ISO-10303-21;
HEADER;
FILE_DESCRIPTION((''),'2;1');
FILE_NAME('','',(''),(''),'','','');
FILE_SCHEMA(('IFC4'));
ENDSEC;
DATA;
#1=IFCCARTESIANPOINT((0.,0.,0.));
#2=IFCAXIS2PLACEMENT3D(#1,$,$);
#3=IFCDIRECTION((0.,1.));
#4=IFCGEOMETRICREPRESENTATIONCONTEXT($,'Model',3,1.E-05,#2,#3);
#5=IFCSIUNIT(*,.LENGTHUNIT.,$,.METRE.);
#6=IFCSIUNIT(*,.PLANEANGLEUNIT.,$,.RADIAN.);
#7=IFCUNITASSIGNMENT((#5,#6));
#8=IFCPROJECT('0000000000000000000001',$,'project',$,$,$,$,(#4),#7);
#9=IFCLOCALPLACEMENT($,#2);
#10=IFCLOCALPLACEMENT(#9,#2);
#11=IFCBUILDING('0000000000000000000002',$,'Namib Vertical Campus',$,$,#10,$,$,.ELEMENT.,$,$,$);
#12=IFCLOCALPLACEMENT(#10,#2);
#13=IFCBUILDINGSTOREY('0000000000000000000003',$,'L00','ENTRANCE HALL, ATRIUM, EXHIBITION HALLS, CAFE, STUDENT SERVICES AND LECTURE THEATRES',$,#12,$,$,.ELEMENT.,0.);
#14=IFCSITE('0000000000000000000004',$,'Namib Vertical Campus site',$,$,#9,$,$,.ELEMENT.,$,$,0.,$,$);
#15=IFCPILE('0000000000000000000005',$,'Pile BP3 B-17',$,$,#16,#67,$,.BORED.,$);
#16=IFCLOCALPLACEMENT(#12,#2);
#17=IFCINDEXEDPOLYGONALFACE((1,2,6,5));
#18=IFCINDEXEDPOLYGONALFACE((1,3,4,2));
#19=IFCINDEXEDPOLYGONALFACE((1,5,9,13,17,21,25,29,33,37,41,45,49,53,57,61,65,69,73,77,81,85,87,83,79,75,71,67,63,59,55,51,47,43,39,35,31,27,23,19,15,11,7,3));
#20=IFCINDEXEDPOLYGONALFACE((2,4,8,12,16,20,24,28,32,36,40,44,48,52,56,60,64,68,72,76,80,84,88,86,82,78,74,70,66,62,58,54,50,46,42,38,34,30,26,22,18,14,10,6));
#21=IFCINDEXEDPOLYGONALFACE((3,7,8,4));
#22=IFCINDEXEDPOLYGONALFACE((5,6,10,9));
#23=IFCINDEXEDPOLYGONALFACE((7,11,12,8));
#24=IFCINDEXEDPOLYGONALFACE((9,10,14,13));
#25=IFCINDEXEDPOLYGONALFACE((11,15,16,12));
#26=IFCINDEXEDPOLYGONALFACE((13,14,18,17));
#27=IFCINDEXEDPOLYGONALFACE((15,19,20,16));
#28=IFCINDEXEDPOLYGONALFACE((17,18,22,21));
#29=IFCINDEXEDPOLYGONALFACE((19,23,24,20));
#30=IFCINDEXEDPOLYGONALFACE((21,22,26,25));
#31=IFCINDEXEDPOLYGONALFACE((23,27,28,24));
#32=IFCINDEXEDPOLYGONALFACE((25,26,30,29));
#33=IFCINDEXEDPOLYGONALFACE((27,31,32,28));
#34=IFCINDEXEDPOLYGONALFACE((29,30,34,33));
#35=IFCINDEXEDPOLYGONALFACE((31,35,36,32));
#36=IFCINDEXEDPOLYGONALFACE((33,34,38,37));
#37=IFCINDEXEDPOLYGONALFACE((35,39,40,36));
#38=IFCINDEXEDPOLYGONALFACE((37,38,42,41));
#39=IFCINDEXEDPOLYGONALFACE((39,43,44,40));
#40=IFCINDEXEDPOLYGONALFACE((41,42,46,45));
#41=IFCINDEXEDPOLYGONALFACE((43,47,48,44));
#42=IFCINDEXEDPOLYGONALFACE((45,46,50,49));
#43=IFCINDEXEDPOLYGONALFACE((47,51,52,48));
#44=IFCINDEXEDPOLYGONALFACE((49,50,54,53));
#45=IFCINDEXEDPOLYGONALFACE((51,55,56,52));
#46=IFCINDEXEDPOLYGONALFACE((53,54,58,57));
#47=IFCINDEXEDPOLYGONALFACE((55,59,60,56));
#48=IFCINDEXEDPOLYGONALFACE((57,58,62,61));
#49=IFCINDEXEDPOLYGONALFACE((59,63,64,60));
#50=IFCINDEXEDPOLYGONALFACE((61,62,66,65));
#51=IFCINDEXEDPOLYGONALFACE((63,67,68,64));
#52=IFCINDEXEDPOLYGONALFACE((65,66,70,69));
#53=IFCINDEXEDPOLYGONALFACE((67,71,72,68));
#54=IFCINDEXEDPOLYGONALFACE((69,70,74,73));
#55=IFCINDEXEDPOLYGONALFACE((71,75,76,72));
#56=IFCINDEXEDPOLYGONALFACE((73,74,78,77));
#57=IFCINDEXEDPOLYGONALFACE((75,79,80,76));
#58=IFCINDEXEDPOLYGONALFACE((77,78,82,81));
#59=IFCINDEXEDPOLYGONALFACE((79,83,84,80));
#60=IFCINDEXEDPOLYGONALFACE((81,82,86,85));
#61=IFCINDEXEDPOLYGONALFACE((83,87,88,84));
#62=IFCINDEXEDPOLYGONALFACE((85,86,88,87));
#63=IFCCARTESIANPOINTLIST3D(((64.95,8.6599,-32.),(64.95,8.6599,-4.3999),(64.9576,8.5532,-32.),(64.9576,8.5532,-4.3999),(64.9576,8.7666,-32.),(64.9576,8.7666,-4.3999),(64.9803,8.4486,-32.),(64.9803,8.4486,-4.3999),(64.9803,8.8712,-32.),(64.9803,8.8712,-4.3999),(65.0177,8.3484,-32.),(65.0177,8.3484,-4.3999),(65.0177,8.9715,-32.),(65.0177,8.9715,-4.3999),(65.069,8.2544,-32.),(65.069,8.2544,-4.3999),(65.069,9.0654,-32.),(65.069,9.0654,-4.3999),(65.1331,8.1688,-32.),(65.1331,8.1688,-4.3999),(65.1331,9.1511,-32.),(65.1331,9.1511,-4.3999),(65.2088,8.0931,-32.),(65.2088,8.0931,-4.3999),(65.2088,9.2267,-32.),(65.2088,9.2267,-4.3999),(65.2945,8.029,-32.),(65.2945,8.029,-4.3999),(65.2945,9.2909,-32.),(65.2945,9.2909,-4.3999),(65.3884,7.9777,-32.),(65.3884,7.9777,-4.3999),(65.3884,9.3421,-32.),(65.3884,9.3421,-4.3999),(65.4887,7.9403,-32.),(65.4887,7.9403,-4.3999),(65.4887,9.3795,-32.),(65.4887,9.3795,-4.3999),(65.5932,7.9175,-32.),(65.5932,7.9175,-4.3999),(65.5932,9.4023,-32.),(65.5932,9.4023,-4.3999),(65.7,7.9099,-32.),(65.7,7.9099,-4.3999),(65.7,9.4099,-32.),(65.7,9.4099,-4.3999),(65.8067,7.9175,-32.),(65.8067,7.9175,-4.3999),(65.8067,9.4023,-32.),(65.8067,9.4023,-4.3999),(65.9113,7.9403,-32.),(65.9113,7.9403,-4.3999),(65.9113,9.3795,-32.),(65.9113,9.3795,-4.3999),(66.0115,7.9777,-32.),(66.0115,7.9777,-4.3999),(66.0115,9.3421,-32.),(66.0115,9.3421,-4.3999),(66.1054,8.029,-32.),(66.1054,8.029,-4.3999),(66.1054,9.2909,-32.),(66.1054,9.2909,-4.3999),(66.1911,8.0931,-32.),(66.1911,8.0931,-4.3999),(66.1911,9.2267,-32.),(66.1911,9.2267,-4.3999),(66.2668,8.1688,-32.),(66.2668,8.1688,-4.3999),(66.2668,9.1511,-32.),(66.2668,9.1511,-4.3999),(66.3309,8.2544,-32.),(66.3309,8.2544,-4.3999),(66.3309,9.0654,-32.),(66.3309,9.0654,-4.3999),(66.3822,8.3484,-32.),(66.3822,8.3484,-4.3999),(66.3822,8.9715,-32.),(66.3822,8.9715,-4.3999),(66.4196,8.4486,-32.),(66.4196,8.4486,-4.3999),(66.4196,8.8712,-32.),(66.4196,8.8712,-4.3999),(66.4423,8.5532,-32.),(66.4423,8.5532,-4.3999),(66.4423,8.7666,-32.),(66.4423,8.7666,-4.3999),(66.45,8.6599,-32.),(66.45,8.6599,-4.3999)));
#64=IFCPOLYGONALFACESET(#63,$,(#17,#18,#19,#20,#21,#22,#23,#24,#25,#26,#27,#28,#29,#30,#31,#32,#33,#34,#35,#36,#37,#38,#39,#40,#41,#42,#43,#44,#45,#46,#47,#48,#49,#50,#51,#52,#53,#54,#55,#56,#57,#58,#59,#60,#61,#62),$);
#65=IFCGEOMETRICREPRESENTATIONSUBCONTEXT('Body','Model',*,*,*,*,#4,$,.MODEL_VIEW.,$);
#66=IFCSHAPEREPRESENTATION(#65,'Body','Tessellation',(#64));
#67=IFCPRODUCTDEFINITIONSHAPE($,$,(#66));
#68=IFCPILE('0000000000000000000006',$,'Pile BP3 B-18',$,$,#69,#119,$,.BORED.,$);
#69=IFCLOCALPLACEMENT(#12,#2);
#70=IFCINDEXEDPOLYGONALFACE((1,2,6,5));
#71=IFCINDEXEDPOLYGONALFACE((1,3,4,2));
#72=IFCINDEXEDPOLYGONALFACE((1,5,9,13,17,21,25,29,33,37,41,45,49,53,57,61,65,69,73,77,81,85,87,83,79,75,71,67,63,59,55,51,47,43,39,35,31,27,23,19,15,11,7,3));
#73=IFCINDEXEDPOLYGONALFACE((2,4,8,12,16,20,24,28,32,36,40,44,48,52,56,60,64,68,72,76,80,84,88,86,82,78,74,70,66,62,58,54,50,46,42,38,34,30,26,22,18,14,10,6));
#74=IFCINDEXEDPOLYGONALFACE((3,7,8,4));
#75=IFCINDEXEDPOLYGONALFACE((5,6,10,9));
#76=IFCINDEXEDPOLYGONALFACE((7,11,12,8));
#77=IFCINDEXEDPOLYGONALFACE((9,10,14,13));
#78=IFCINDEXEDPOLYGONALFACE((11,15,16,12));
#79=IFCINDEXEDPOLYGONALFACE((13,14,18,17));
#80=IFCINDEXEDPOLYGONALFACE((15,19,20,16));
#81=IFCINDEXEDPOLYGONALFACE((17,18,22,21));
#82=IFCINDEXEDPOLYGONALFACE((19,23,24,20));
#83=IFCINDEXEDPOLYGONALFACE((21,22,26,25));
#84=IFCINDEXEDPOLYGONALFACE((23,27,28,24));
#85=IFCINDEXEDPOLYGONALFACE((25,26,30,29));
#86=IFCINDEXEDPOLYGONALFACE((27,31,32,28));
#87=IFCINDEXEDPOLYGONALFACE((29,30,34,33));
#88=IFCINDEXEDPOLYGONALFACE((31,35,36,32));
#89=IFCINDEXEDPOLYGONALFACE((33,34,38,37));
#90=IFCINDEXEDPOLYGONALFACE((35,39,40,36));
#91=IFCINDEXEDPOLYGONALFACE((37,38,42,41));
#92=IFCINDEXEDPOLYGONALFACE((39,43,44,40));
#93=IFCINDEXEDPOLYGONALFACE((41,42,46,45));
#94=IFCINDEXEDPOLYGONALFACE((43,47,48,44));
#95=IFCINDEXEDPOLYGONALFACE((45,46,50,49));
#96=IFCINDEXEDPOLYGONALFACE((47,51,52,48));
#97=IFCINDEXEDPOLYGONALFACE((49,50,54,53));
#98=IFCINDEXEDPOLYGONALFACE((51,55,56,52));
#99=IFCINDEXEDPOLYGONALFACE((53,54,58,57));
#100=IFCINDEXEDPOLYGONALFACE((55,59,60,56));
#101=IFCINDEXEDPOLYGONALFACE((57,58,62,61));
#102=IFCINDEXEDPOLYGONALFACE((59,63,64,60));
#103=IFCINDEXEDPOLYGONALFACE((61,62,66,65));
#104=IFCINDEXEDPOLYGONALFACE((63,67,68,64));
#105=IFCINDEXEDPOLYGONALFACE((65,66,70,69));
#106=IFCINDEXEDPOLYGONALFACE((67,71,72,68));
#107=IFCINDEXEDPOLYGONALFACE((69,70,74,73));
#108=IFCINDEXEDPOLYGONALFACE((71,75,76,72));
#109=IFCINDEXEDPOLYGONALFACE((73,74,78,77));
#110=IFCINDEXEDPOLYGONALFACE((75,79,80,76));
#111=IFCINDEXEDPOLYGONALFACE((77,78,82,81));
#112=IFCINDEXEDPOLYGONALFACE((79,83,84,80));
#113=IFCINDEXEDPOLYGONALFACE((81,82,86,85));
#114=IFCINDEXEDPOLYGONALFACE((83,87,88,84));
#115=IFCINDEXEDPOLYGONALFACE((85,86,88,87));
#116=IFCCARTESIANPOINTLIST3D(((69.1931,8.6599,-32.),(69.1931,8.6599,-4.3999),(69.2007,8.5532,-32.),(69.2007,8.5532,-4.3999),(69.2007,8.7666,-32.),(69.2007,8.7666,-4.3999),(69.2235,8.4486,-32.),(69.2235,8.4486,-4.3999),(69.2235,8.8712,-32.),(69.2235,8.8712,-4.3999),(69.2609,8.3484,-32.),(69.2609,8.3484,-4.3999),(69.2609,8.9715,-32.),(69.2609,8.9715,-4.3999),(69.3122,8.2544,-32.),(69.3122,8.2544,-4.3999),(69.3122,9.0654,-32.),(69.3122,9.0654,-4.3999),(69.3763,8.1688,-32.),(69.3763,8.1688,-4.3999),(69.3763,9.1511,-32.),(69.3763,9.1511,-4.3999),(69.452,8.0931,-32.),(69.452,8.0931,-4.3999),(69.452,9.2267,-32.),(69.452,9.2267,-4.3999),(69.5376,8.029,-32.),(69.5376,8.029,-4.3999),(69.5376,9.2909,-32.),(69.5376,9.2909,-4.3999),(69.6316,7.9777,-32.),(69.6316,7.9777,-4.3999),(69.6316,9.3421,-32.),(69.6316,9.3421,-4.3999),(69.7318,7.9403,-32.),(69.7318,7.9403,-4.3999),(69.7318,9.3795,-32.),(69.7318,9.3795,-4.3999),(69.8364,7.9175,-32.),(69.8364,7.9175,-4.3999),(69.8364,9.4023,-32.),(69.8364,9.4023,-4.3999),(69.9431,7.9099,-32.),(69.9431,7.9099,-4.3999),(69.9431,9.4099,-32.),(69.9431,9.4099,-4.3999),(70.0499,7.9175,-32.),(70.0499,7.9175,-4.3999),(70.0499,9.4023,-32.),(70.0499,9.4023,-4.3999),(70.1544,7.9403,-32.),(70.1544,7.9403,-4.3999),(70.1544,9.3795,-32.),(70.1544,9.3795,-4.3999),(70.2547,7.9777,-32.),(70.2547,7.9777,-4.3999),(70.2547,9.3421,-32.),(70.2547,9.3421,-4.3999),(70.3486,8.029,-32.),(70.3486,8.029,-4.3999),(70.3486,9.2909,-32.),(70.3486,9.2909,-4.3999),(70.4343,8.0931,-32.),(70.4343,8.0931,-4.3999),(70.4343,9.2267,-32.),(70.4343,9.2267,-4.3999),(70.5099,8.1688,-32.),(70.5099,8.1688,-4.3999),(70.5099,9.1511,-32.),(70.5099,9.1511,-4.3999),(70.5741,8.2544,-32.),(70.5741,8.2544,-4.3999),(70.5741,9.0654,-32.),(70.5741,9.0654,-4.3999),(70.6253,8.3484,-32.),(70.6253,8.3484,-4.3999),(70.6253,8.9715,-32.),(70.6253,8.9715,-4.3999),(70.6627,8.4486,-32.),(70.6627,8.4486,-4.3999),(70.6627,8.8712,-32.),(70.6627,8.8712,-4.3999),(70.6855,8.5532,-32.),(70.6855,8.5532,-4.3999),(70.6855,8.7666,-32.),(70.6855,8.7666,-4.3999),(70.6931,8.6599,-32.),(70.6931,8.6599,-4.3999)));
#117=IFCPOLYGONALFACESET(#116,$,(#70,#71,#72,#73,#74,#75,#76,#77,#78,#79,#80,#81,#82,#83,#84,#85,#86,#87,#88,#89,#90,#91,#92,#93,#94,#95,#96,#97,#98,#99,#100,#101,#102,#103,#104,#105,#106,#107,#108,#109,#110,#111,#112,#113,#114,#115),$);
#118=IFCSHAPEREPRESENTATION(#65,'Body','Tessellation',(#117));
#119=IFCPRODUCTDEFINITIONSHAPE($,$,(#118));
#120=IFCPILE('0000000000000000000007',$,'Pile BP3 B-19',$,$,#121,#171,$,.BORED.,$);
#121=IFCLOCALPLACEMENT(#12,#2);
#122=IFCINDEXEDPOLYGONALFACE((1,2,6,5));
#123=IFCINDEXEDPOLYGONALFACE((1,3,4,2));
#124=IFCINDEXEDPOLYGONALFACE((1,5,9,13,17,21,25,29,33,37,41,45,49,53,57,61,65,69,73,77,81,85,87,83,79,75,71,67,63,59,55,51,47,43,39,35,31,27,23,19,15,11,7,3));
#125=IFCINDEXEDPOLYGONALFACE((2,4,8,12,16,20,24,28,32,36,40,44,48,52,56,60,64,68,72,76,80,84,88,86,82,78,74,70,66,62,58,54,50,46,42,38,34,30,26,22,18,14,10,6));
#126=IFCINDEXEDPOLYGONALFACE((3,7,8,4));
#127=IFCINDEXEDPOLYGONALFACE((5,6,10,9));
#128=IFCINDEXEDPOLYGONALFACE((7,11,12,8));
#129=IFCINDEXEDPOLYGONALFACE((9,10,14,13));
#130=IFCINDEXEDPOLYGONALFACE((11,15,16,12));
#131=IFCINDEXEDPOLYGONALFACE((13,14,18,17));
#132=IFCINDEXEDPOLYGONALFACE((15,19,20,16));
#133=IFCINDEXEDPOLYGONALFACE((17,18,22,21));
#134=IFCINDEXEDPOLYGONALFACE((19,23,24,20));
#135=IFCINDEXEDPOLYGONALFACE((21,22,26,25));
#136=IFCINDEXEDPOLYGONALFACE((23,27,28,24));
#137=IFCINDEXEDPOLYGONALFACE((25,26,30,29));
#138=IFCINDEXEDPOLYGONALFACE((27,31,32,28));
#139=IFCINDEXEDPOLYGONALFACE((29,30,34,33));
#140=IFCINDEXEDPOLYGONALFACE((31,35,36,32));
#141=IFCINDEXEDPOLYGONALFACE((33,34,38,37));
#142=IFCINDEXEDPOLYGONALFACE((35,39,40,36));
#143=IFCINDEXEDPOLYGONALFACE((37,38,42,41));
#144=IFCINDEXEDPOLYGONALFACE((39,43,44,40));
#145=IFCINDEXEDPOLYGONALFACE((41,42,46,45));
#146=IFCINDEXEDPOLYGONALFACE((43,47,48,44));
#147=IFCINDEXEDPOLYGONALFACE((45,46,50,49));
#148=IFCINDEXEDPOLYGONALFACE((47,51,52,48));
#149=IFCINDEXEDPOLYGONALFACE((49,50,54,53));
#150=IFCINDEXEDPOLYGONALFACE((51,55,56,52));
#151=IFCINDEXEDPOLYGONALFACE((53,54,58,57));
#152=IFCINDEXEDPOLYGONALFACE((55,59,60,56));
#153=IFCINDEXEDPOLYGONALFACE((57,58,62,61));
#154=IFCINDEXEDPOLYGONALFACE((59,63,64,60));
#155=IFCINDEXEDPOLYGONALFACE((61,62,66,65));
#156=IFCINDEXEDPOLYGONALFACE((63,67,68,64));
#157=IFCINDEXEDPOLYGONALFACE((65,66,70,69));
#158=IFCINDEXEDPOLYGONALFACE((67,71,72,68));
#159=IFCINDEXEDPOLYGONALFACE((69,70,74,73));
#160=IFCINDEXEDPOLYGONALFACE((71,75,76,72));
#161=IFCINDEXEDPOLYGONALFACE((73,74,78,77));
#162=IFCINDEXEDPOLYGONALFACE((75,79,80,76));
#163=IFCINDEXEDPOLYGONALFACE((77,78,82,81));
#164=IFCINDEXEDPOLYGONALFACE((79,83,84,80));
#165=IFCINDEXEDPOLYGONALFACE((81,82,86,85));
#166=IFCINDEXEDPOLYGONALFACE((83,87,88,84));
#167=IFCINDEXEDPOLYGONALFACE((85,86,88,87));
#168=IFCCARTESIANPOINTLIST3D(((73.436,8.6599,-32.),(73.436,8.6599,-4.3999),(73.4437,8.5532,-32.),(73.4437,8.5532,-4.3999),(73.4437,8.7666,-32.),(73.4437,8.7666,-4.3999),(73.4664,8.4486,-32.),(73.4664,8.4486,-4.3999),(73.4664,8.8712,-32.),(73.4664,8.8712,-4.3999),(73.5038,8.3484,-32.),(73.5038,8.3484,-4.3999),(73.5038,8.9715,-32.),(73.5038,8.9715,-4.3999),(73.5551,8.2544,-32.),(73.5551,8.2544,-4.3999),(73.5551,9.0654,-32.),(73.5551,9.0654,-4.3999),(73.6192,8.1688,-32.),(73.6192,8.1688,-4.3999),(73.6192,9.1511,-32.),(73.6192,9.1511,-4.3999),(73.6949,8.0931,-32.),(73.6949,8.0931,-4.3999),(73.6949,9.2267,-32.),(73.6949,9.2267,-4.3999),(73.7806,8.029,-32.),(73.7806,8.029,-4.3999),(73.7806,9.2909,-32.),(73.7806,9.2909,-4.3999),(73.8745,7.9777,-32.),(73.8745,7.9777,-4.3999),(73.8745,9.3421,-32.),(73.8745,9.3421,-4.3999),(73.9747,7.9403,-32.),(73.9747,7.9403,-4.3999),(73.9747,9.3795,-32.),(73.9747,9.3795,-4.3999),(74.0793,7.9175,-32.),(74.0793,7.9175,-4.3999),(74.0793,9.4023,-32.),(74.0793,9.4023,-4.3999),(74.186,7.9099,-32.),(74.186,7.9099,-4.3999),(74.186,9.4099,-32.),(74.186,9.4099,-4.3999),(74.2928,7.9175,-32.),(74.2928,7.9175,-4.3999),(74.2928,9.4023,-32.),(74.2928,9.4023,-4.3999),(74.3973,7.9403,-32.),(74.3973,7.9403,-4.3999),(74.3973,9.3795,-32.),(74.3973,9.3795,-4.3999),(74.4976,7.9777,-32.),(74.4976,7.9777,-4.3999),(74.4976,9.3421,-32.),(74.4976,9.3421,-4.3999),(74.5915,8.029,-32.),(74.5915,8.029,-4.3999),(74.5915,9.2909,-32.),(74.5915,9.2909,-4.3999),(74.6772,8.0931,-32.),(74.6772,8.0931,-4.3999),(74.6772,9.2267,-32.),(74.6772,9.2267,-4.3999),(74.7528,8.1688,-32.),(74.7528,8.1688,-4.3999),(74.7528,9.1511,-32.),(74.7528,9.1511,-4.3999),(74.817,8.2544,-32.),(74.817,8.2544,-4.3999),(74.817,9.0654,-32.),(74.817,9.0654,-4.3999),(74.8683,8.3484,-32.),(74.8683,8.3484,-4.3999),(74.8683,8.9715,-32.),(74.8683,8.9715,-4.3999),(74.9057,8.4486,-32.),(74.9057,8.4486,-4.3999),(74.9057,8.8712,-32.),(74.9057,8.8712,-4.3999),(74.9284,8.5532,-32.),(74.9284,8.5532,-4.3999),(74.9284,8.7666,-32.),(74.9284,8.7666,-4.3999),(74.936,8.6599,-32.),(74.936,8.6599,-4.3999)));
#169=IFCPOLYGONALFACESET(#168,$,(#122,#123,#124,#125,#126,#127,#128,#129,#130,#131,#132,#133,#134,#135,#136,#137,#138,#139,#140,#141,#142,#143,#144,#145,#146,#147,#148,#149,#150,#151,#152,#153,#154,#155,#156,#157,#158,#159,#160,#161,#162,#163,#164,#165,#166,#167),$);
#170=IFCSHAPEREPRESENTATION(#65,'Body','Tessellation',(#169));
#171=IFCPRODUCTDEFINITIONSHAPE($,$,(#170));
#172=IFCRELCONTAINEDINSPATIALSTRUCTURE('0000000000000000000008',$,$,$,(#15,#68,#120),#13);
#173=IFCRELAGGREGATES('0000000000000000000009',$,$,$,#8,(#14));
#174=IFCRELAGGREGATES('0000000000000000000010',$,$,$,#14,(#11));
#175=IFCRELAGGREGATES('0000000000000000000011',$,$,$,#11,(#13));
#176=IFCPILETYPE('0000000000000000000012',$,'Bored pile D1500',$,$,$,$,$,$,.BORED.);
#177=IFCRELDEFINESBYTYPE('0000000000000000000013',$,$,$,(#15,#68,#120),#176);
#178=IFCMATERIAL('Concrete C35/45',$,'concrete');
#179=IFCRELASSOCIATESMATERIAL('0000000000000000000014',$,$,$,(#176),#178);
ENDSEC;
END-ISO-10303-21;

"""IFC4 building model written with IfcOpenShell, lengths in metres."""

from ifc_helpers import new_model, si_unit, direction, frame, origin, origin_2d, place, context, subcontext, project, spatial, circle, extrude, material, material_profile, profile_set, type_object, element, save


model = new_model("IFC4")

# Units and contexts
model_context = context("Model", 3, precision=1e-05, world=origin(), true_north=direction((0.0, 1.0)))
body_context = subcontext(model_context, "Body", "Model", "MODEL_VIEW")
ifc_project = project(units=[si_unit("LENGTHUNIT", "METRE"), si_unit("PLANEANGLEUNIT", "RADIAN")], contexts=[model_context])

# Site, building, storey
site_placement = place(None, origin())
site = spatial("IfcSite", under=ifc_project, at=site_placement, Name="Namib Vertical Campus site", CompositionType="ELEMENT", RefElevation=0.0)
building_placement = place(site_placement, origin())
building = spatial("IfcBuilding", under=site, at=building_placement, Name="Namib Vertical Campus", CompositionType="ELEMENT")
storey_placement = place(building_placement, origin())
storey = spatial("IfcBuildingStorey", under=building, at=storey_placement, Name="L00", Description="ENTRANCE HALL, ATRIUM, EXHIBITION HALLS, CAFE, STUDENT SERVICES AND LECTURE THEATRES", CompositionType="ELEMENT", Elevation=0.0)

# Piles
ifc_material_1 = material(Name="Concrete C35/45", Category="concrete")
ifc_material_profile_1 = material_profile(ifc_material_1, circle(Radius=0.75, at=origin_2d()))
ifc_profile_set_1 = profile_set([ifc_material_profile_1], Name="Concrete C35/45")
pile_type = type_object("IfcPileType", Name="Bored pile D1500", PredefinedType="BORED", material=ifc_profile_set_1)
for number, where, z_axis, x_axis, name in (
    (1, (65.7, 8.6599, -4.3999), (0.0, 0.0, -1.0), (1.0, 0.0, 0.0), "Pile BP3 B-17"),
    (2, (69.9431, 8.6599, -4.3999), (0.0, 0.0, -1.0), (1.0, 0.0, 0.0), "Pile BP3 B-18"),
    (3, (74.186, 8.6599, -4.3999), (0.0, 0.0, -1.0), (1.0, 0.0, 0.0), "Pile BP3 B-19"),
):
    element("IfcPile", number, at=place(storey_placement, frame(where, z_axis=z_axis, x_axis=x_axis)), inside=storey, type_object=pile_type, Name=name, PredefinedType="BORED", context=body_context, shape_type="SweptSolid", body=[
        extrude(circle(Radius=0.75, at=origin_2d()), origin(), (0.0, 0.0, 1.0), 27.6001),
    ])

save(model, "model.ifc")
